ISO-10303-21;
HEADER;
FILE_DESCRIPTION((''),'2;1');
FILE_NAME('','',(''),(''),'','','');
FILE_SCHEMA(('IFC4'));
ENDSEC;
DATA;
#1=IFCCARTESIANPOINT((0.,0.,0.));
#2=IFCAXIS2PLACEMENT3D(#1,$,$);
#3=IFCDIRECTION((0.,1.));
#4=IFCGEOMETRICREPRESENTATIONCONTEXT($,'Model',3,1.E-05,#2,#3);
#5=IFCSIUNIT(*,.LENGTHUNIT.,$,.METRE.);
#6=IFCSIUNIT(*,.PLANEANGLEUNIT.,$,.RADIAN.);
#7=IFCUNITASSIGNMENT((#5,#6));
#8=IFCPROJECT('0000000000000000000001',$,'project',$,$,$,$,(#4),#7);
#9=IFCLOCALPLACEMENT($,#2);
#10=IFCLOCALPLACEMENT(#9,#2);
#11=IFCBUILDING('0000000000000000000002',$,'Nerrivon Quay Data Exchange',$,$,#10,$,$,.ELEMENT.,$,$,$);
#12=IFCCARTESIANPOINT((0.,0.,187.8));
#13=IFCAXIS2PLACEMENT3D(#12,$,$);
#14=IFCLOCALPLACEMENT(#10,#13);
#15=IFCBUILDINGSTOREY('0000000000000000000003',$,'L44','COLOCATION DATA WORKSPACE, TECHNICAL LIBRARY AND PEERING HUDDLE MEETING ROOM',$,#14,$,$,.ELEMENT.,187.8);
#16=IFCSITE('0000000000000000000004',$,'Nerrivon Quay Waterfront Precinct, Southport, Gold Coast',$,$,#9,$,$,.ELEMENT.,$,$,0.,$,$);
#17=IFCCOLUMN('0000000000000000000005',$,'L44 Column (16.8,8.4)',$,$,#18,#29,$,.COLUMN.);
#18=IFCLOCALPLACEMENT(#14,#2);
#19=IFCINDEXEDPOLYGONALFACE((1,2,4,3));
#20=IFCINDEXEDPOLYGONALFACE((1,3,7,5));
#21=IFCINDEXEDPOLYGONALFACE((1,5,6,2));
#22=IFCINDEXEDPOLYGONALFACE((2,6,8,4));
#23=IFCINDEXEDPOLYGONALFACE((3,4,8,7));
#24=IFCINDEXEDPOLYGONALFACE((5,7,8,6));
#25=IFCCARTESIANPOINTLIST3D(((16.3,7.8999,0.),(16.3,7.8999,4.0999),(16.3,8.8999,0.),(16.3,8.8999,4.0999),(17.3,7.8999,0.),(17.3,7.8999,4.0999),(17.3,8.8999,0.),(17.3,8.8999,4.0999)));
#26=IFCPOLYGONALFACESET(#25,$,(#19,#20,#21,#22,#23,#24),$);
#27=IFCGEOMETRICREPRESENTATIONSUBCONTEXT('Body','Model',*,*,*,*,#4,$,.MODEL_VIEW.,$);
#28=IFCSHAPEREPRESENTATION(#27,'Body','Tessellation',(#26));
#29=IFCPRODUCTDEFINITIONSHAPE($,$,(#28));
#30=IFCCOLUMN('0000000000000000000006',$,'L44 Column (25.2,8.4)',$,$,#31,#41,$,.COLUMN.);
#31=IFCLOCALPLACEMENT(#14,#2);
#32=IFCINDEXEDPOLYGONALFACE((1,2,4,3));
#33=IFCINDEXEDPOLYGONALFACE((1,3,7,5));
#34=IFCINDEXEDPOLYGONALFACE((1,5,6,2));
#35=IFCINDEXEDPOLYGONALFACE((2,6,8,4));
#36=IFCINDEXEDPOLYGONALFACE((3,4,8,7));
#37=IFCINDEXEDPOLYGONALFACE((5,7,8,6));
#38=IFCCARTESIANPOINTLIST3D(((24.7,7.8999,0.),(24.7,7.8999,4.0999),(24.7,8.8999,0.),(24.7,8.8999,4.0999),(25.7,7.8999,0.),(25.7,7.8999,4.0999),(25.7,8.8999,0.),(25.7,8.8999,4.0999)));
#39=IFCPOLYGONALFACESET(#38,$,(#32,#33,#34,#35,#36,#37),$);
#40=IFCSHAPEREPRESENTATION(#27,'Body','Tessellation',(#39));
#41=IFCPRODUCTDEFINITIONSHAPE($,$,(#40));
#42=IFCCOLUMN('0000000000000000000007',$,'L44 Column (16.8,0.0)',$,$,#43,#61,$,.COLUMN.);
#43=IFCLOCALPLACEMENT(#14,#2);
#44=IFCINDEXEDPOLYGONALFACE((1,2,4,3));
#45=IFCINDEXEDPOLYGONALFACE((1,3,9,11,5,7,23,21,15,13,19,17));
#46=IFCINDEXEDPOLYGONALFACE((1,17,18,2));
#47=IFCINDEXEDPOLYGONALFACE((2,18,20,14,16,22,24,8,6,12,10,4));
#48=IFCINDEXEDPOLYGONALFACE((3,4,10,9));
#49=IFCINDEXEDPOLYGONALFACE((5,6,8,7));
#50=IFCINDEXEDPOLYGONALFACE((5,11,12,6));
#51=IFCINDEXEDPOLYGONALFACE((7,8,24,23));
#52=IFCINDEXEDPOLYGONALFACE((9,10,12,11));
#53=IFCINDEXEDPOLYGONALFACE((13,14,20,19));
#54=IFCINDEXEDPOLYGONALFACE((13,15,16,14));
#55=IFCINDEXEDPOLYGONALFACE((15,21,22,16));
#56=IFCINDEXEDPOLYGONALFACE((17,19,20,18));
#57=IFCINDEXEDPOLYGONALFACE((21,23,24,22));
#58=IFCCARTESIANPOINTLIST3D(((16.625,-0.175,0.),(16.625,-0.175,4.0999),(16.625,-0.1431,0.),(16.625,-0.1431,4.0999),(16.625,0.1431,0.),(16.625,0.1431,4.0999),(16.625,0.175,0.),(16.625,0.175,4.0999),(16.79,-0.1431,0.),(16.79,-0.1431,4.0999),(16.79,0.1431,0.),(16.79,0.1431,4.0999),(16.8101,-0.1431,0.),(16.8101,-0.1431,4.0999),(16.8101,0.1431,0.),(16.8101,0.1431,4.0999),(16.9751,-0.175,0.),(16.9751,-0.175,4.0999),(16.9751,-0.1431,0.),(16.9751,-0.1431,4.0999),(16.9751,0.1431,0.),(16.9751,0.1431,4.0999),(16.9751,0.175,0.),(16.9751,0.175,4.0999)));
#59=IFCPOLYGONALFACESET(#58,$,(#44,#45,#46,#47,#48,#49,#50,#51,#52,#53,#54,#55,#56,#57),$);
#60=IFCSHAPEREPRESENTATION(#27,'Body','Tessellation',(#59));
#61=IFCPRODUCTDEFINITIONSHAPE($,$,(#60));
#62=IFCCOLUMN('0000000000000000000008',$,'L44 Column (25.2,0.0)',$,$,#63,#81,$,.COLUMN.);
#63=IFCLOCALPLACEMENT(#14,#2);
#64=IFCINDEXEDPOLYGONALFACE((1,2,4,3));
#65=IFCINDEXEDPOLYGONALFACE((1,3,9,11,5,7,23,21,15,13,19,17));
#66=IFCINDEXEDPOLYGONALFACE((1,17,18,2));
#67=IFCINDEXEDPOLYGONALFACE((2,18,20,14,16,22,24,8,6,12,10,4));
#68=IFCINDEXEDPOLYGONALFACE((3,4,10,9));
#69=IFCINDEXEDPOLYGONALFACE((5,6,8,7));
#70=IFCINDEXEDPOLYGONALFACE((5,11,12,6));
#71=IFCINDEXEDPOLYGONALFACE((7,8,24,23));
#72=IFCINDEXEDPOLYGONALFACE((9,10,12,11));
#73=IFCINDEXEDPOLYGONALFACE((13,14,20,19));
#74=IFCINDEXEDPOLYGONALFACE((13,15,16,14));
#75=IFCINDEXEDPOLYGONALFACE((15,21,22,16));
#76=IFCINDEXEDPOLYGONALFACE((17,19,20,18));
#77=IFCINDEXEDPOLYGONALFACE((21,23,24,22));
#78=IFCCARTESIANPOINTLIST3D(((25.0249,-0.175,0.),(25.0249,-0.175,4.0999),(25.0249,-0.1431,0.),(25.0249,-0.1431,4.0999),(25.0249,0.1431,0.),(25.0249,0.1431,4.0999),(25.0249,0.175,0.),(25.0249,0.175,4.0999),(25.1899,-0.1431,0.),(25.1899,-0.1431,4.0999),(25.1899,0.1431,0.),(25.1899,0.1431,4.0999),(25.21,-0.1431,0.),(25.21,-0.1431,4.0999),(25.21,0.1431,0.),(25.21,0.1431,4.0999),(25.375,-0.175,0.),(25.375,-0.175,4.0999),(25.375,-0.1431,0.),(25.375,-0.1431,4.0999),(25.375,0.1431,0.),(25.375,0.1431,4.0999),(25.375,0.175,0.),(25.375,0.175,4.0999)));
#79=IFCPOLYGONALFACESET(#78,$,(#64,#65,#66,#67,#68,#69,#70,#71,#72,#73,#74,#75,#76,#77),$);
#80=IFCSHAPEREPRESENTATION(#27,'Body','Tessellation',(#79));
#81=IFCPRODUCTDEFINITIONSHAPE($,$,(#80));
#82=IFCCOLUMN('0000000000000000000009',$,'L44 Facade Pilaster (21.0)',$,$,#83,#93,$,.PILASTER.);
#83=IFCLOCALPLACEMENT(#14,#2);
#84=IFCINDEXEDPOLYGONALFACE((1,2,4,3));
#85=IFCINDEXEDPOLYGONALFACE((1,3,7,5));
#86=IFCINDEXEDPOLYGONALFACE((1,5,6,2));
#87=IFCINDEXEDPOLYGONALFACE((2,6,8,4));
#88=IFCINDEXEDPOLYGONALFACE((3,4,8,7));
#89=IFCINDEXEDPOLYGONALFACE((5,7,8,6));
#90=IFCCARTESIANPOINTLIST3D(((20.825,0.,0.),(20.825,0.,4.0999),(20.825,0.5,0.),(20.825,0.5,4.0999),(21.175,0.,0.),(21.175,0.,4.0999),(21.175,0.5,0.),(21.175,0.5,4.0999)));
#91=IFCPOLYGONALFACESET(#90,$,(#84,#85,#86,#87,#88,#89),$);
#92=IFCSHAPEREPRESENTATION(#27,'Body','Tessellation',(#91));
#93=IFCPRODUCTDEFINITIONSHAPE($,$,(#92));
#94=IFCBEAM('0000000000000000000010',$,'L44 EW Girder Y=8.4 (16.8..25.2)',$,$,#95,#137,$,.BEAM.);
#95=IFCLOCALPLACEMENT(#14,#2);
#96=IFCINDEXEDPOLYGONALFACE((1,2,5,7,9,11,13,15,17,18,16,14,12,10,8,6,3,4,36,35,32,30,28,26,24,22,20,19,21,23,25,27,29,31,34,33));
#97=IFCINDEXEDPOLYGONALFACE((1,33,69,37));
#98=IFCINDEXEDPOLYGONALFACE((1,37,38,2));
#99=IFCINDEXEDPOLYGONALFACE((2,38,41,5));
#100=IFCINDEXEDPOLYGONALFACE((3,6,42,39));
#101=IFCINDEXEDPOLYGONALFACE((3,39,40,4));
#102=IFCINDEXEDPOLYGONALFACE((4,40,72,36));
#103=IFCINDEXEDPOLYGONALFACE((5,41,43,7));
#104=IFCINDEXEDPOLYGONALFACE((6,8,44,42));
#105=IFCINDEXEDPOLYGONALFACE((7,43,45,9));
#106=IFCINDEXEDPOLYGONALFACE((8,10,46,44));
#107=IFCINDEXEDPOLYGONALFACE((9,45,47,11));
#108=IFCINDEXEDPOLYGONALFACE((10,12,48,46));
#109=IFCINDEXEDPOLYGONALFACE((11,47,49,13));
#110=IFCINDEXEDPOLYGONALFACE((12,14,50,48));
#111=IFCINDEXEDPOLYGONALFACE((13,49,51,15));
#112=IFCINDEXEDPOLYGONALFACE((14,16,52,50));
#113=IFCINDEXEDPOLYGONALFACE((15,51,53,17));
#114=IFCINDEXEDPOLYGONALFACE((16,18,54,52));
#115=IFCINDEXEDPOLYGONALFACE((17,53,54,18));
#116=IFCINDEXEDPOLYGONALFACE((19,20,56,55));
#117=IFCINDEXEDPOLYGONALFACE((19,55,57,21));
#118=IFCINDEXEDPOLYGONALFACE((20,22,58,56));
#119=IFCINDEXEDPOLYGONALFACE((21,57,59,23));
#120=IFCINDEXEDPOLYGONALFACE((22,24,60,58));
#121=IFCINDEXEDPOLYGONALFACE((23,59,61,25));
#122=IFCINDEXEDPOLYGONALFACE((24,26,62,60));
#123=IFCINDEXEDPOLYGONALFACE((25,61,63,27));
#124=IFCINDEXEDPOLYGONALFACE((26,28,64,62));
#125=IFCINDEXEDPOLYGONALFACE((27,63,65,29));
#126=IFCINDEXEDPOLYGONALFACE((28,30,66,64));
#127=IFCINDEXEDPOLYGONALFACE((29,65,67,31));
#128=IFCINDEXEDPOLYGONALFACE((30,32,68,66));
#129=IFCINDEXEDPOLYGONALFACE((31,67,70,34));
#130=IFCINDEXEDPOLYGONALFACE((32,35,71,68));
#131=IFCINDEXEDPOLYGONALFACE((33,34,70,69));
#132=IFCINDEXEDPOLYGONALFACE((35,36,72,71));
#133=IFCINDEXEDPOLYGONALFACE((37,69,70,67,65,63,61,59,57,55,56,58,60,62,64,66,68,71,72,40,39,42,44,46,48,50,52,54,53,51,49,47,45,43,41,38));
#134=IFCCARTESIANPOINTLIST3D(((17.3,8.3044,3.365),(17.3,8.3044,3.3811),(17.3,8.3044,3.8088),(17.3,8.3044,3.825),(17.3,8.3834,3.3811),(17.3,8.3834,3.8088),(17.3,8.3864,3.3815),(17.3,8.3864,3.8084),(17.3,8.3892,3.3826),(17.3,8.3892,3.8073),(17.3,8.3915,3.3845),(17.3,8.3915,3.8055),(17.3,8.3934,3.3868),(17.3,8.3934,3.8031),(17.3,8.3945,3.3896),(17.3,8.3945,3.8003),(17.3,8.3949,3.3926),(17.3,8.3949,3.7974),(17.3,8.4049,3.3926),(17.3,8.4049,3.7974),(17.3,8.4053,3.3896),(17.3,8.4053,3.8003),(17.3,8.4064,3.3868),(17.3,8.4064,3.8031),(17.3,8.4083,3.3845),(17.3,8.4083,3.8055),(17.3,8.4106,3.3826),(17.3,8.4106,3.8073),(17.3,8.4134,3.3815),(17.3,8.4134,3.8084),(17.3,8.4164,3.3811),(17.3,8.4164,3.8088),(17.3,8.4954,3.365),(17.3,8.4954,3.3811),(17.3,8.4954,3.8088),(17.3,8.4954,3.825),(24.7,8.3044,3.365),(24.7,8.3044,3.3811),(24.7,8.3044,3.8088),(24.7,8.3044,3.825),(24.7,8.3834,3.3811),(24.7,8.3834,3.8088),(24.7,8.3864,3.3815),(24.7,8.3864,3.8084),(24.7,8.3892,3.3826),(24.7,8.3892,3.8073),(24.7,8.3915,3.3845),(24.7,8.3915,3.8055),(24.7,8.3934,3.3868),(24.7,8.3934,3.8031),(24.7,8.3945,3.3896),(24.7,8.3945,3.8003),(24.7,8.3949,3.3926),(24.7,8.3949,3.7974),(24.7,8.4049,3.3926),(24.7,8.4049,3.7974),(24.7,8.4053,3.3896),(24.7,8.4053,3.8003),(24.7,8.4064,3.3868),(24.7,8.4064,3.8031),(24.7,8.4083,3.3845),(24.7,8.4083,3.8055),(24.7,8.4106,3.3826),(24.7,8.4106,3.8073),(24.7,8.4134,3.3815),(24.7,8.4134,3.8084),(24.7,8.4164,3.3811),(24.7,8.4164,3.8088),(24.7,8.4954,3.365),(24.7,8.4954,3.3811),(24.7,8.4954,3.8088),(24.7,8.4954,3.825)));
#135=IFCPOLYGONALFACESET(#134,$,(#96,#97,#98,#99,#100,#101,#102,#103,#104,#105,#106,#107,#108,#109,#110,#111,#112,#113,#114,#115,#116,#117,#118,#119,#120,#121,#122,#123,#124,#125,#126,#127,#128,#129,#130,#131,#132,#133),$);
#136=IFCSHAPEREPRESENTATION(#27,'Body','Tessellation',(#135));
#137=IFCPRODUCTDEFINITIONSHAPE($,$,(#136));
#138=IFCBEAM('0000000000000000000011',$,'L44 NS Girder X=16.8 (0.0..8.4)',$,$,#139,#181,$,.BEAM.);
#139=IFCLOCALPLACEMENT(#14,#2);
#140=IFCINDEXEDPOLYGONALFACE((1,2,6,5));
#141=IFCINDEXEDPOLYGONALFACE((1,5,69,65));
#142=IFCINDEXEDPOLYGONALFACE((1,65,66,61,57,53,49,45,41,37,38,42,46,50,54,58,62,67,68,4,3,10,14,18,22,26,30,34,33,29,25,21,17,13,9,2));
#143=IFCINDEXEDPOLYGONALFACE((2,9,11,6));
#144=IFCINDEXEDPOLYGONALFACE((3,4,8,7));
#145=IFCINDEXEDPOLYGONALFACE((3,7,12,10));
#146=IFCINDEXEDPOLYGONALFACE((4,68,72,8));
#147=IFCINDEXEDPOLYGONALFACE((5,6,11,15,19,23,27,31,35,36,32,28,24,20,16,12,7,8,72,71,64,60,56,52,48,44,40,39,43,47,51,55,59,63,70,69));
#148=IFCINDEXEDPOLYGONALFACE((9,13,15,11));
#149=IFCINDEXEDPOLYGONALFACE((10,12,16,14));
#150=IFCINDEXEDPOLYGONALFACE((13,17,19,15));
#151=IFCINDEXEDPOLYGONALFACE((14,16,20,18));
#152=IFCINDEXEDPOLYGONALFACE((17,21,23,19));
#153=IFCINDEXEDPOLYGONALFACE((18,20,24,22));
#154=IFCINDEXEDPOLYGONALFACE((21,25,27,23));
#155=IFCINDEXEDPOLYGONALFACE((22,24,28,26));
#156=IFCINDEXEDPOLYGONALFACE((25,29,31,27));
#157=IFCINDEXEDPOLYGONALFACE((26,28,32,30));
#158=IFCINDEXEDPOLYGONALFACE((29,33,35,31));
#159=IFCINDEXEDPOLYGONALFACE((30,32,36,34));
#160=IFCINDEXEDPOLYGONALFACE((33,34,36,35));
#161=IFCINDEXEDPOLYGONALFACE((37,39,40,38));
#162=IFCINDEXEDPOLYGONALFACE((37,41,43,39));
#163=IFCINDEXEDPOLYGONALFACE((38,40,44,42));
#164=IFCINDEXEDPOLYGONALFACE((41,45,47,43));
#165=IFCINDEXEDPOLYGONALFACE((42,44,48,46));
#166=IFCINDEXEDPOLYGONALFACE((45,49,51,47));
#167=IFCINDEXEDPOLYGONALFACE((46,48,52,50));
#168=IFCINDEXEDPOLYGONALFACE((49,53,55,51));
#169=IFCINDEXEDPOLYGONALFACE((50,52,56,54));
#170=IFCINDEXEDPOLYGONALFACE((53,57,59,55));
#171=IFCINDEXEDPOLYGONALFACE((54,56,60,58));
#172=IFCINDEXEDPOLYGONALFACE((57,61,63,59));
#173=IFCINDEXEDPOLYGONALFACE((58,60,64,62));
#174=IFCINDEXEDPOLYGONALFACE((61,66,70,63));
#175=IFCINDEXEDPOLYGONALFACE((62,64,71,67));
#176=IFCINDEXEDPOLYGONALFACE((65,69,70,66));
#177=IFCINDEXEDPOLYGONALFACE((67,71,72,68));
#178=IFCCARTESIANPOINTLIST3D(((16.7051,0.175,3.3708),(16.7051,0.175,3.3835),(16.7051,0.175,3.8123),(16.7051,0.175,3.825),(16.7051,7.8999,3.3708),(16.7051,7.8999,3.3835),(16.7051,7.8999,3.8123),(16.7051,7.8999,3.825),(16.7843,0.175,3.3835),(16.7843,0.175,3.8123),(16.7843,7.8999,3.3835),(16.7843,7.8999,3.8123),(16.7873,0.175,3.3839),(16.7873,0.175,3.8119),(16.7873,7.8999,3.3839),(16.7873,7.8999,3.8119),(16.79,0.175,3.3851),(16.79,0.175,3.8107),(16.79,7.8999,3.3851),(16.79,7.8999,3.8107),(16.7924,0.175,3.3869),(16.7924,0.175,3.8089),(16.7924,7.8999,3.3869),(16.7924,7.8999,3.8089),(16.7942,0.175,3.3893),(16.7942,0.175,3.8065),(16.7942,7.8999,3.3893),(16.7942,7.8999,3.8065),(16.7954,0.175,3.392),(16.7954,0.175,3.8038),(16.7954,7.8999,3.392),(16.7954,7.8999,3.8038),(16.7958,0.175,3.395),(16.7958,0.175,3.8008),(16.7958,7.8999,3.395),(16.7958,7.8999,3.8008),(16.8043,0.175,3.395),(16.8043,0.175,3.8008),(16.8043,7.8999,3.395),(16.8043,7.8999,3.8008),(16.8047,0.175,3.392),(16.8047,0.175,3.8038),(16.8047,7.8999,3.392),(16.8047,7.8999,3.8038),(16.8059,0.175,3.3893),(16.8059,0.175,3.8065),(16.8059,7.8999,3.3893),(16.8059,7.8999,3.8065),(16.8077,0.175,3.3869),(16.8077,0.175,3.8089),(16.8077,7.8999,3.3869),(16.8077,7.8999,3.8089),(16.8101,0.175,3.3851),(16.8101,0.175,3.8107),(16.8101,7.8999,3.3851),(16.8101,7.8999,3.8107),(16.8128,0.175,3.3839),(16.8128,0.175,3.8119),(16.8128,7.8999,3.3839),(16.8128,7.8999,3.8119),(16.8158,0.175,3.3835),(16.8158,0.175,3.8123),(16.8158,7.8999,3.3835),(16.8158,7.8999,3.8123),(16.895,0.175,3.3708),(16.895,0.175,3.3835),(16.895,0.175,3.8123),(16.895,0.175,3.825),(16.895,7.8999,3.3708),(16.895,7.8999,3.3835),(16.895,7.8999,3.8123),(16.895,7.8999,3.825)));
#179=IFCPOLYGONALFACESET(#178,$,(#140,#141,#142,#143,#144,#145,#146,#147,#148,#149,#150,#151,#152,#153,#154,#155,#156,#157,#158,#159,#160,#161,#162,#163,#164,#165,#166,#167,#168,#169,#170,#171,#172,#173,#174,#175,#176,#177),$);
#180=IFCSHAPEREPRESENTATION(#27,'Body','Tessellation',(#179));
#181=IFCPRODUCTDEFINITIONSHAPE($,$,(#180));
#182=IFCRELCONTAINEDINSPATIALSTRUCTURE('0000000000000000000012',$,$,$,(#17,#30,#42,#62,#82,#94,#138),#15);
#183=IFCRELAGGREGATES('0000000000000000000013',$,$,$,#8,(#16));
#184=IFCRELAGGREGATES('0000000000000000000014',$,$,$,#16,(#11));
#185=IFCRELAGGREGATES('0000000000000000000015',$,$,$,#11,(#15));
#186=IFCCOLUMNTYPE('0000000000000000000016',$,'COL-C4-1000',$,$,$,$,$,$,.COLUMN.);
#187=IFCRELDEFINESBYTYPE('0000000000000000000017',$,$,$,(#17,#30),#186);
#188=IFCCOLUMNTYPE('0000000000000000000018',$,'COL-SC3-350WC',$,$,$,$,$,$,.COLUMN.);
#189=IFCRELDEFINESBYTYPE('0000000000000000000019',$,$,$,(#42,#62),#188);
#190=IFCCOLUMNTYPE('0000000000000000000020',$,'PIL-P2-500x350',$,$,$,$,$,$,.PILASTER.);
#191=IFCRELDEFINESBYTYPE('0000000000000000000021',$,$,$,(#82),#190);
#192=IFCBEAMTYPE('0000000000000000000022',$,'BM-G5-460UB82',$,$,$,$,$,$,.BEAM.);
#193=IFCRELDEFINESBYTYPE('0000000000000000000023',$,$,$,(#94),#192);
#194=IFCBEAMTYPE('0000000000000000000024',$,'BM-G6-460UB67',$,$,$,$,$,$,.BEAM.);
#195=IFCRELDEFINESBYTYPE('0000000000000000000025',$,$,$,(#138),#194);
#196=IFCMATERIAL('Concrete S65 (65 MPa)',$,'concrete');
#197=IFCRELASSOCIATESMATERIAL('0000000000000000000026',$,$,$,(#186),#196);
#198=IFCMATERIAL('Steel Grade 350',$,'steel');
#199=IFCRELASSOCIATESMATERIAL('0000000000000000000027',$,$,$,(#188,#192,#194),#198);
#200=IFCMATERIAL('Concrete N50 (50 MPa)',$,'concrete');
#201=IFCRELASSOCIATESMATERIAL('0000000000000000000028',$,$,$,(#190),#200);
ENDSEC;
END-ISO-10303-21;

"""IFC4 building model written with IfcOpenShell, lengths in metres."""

from ifc_helpers import new_model, si_unit, direction, frame, origin, origin_2d, place, context, subcontext, project, spatial, rectangle, i_section, extrude, material, material_profile, profile_set, type_object, element, save


model = new_model("IFC4")

# Units and contexts
model_context = context("Model", 3, precision=1e-05, world=origin(), true_north=direction((0.0, 1.0)))
body_context = subcontext(model_context, "Body", "Model", "MODEL_VIEW")
ifc_project = project(units=[si_unit("LENGTHUNIT", "METRE"), si_unit("PLANEANGLEUNIT", "RADIAN")], contexts=[model_context])

# Site, building, storey
site_placement = place(None, origin())
site = spatial("IfcSite", under=ifc_project, at=site_placement, Name="Nerrivon Quay Waterfront Precinct, Southport, Gold Coast", CompositionType="ELEMENT", RefElevation=0.0)
building_placement = place(site_placement, origin())
building = spatial("IfcBuilding", under=site, at=building_placement, Name="Nerrivon Quay Data Exchange", CompositionType="ELEMENT")
storey_placement = place(building_placement, frame((0.0, 0.0, 187.8)))
storey = spatial("IfcBuildingStorey", under=building, at=storey_placement, Name="L44", Description="COLOCATION DATA WORKSPACE, TECHNICAL LIBRARY AND PEERING HUDDLE MEETING ROOM", CompositionType="ELEMENT", Elevation=187.8)

# Columns
ifc_material_1 = material(Name="Concrete S65 (65 MPa)", Category="concrete")
ifc_material_profile_1 = material_profile(ifc_material_1, rectangle(XDim=1.0, YDim=1.0, at=origin_2d()), Name="RC-COL-1000x1000")
ifc_profile_set_1 = profile_set([ifc_material_profile_1], Name="Concrete S65 (65 MPa)")
column_type_1 = type_object("IfcColumnType", Name="COL-C4-1000", PredefinedType="COLUMN", material=ifc_profile_set_1)
for number, where, z_axis, x_axis, name in (
    (1, (16.8, 8.3999, 0.0), (0.0, 0.0, 1.0), (1.0, 0.0, 0.0), "L44 Column (16.8,8.4)"),
    (2, (25.2, 8.3999, 0.0), (0.0, 0.0, 1.0), (1.0, 0.0, 0.0), "L44 Column (25.2,8.4)"),
):
    element("IfcColumn", number, at=place(storey_placement, frame(where, z_axis=z_axis, x_axis=x_axis)), inside=storey, type_object=column_type_1, Name=name, PredefinedType="COLUMN", context=body_context, shape_type="SweptSolid", body=[
        extrude(rectangle(XDim=1.0, YDim=1.0, at=origin_2d()), origin(), (0.0, 0.0, 1.0), 4.0999),
    ])
ifc_material_2 = material(Name="Steel Grade 350", Category="steel")
ifc_material_profile_2 = material_profile(ifc_material_2, i_section(OverallWidth=0.3501, OverallDepth=0.3501, WebThickness=0.02, FlangeThickness=0.032, at=origin_2d()), Name="350WC230")
ifc_profile_set_2 = profile_set([ifc_material_profile_2], Name="Steel Grade 350")
column_type_2 = type_object("IfcColumnType", Name="COL-SC3-350WC", PredefinedType="COLUMN", material=ifc_profile_set_2)
for number, where, z_axis, x_axis, name in (
    (3, (16.8, 0.0, 0.0), (0.0, 0.0, 1.0), (1.0, 0.0, 0.0), "L44 Column (16.8,0.0)"),
    (4, (25.2, 0.0, 0.0), (0.0, 0.0, 1.0), (1.0, 0.0, 0.0), "L44 Column (25.2,0.0)"),
):
    element("IfcColumn", number, at=place(storey_placement, frame(where, z_axis=z_axis, x_axis=x_axis)), inside=storey, type_object=column_type_2, Name=name, PredefinedType="COLUMN", context=body_context, shape_type="SweptSolid", body=[
        extrude(i_section(OverallWidth=0.3501, OverallDepth=0.3501, WebThickness=0.02, FlangeThickness=0.032, at=origin_2d()), origin(), (0.0, 0.0, 1.0), 4.0999),
    ])
ifc_material_3 = material(Name="Concrete N50 (50 MPa)", Category="concrete")
ifc_material_profile_3 = material_profile(ifc_material_3, rectangle(XDim=0.3501, YDim=0.5, at=origin_2d()), Name="RC-PIL-500x350")
ifc_profile_set_3 = profile_set([ifc_material_profile_3], Name="Concrete N50 (50 MPa)")
column_type_3 = type_object("IfcColumnType", Name="PIL-P2-500x350", PredefinedType="PILASTER", material=ifc_profile_set_3)
column_placement = place(storey_placement, frame((21.0, 0.25, 0.0), z_axis=(0.0, 0.0, 1.0), x_axis=(1.0, 0.0, 0.0)))
element("IfcColumn", 5, at=column_placement, inside=storey, type_object=column_type_3, Name="L44 Facade Pilaster (21.0)", PredefinedType="PILASTER", context=body_context, shape_type="SweptSolid", body=[
    extrude(rectangle(XDim=0.3501, YDim=0.5, at=origin_2d()), origin(), (0.0, 0.0, 1.0), 4.0999),
])

# Beams
ifc_material_profile_4 = material_profile(ifc_material_2, i_section(OverallWidth=0.1909, OverallDepth=0.46, WebThickness=0.01, FlangeThickness=0.0161, FilletRadius=0.0115, at=origin_2d()), Name="460UB82.1")
ifc_profile_set_4 = profile_set([ifc_material_profile_4], Name="Steel Grade 350")
beam_type_1 = type_object("IfcBeamType", Name="BM-G5-460UB82", PredefinedType="BEAM", material=ifc_profile_set_4)
beam_1_placement = place(storey_placement, frame((17.3, 8.3999, 3.595), z_axis=(1.0, 0.0, 0.0), x_axis=(0.0, 1.0, 0.0)))
element("IfcBeam", 6, at=beam_1_placement, inside=storey, type_object=beam_type_1, Name="L44 EW Girder Y=8.4 (16.8..25.2)", PredefinedType="BEAM", context=body_context, shape_type="SweptSolid", body=[
    extrude(i_section(OverallWidth=0.1909, OverallDepth=0.46, WebThickness=0.01, FlangeThickness=0.0161, FilletRadius=0.0115, at=origin_2d()), origin(), (0.0, 0.0, 1.0), 7.3999),
])
ifc_material_profile_5 = material_profile(ifc_material_2, i_section(OverallWidth=0.1899, OverallDepth=0.4541, WebThickness=0.0085, FlangeThickness=0.0127, FilletRadius=0.0115, at=origin_2d()), Name="460UB67.1")
ifc_profile_set_5 = profile_set([ifc_material_profile_5], Name="Steel Grade 350")
beam_type_2 = type_object("IfcBeamType", Name="BM-G6-460UB67", PredefinedType="BEAM", material=ifc_profile_set_5)
for number, where, z_axis, x_axis, name in (
    (7, (16.8, 0.175, 3.5979), (0.0, 1.0, 0.0), (-1.0, 0.0, 0.0), "L44 NS Girder X=16.8 (0.0..8.4)"),
):
    element("IfcBeam", number, at=place(storey_placement, frame(where, z_axis=z_axis, x_axis=x_axis)), inside=storey, type_object=beam_type_2, Name=name, PredefinedType="BEAM", context=body_context, shape_type="SweptSolid", body=[
        extrude(i_section(OverallWidth=0.1899, OverallDepth=0.4541, WebThickness=0.0085, FlangeThickness=0.0127, FilletRadius=0.0115, at=origin_2d()), origin(), (0.0, 0.0, 1.0), 7.7249),
    ])

save(model, "model.ifc")
